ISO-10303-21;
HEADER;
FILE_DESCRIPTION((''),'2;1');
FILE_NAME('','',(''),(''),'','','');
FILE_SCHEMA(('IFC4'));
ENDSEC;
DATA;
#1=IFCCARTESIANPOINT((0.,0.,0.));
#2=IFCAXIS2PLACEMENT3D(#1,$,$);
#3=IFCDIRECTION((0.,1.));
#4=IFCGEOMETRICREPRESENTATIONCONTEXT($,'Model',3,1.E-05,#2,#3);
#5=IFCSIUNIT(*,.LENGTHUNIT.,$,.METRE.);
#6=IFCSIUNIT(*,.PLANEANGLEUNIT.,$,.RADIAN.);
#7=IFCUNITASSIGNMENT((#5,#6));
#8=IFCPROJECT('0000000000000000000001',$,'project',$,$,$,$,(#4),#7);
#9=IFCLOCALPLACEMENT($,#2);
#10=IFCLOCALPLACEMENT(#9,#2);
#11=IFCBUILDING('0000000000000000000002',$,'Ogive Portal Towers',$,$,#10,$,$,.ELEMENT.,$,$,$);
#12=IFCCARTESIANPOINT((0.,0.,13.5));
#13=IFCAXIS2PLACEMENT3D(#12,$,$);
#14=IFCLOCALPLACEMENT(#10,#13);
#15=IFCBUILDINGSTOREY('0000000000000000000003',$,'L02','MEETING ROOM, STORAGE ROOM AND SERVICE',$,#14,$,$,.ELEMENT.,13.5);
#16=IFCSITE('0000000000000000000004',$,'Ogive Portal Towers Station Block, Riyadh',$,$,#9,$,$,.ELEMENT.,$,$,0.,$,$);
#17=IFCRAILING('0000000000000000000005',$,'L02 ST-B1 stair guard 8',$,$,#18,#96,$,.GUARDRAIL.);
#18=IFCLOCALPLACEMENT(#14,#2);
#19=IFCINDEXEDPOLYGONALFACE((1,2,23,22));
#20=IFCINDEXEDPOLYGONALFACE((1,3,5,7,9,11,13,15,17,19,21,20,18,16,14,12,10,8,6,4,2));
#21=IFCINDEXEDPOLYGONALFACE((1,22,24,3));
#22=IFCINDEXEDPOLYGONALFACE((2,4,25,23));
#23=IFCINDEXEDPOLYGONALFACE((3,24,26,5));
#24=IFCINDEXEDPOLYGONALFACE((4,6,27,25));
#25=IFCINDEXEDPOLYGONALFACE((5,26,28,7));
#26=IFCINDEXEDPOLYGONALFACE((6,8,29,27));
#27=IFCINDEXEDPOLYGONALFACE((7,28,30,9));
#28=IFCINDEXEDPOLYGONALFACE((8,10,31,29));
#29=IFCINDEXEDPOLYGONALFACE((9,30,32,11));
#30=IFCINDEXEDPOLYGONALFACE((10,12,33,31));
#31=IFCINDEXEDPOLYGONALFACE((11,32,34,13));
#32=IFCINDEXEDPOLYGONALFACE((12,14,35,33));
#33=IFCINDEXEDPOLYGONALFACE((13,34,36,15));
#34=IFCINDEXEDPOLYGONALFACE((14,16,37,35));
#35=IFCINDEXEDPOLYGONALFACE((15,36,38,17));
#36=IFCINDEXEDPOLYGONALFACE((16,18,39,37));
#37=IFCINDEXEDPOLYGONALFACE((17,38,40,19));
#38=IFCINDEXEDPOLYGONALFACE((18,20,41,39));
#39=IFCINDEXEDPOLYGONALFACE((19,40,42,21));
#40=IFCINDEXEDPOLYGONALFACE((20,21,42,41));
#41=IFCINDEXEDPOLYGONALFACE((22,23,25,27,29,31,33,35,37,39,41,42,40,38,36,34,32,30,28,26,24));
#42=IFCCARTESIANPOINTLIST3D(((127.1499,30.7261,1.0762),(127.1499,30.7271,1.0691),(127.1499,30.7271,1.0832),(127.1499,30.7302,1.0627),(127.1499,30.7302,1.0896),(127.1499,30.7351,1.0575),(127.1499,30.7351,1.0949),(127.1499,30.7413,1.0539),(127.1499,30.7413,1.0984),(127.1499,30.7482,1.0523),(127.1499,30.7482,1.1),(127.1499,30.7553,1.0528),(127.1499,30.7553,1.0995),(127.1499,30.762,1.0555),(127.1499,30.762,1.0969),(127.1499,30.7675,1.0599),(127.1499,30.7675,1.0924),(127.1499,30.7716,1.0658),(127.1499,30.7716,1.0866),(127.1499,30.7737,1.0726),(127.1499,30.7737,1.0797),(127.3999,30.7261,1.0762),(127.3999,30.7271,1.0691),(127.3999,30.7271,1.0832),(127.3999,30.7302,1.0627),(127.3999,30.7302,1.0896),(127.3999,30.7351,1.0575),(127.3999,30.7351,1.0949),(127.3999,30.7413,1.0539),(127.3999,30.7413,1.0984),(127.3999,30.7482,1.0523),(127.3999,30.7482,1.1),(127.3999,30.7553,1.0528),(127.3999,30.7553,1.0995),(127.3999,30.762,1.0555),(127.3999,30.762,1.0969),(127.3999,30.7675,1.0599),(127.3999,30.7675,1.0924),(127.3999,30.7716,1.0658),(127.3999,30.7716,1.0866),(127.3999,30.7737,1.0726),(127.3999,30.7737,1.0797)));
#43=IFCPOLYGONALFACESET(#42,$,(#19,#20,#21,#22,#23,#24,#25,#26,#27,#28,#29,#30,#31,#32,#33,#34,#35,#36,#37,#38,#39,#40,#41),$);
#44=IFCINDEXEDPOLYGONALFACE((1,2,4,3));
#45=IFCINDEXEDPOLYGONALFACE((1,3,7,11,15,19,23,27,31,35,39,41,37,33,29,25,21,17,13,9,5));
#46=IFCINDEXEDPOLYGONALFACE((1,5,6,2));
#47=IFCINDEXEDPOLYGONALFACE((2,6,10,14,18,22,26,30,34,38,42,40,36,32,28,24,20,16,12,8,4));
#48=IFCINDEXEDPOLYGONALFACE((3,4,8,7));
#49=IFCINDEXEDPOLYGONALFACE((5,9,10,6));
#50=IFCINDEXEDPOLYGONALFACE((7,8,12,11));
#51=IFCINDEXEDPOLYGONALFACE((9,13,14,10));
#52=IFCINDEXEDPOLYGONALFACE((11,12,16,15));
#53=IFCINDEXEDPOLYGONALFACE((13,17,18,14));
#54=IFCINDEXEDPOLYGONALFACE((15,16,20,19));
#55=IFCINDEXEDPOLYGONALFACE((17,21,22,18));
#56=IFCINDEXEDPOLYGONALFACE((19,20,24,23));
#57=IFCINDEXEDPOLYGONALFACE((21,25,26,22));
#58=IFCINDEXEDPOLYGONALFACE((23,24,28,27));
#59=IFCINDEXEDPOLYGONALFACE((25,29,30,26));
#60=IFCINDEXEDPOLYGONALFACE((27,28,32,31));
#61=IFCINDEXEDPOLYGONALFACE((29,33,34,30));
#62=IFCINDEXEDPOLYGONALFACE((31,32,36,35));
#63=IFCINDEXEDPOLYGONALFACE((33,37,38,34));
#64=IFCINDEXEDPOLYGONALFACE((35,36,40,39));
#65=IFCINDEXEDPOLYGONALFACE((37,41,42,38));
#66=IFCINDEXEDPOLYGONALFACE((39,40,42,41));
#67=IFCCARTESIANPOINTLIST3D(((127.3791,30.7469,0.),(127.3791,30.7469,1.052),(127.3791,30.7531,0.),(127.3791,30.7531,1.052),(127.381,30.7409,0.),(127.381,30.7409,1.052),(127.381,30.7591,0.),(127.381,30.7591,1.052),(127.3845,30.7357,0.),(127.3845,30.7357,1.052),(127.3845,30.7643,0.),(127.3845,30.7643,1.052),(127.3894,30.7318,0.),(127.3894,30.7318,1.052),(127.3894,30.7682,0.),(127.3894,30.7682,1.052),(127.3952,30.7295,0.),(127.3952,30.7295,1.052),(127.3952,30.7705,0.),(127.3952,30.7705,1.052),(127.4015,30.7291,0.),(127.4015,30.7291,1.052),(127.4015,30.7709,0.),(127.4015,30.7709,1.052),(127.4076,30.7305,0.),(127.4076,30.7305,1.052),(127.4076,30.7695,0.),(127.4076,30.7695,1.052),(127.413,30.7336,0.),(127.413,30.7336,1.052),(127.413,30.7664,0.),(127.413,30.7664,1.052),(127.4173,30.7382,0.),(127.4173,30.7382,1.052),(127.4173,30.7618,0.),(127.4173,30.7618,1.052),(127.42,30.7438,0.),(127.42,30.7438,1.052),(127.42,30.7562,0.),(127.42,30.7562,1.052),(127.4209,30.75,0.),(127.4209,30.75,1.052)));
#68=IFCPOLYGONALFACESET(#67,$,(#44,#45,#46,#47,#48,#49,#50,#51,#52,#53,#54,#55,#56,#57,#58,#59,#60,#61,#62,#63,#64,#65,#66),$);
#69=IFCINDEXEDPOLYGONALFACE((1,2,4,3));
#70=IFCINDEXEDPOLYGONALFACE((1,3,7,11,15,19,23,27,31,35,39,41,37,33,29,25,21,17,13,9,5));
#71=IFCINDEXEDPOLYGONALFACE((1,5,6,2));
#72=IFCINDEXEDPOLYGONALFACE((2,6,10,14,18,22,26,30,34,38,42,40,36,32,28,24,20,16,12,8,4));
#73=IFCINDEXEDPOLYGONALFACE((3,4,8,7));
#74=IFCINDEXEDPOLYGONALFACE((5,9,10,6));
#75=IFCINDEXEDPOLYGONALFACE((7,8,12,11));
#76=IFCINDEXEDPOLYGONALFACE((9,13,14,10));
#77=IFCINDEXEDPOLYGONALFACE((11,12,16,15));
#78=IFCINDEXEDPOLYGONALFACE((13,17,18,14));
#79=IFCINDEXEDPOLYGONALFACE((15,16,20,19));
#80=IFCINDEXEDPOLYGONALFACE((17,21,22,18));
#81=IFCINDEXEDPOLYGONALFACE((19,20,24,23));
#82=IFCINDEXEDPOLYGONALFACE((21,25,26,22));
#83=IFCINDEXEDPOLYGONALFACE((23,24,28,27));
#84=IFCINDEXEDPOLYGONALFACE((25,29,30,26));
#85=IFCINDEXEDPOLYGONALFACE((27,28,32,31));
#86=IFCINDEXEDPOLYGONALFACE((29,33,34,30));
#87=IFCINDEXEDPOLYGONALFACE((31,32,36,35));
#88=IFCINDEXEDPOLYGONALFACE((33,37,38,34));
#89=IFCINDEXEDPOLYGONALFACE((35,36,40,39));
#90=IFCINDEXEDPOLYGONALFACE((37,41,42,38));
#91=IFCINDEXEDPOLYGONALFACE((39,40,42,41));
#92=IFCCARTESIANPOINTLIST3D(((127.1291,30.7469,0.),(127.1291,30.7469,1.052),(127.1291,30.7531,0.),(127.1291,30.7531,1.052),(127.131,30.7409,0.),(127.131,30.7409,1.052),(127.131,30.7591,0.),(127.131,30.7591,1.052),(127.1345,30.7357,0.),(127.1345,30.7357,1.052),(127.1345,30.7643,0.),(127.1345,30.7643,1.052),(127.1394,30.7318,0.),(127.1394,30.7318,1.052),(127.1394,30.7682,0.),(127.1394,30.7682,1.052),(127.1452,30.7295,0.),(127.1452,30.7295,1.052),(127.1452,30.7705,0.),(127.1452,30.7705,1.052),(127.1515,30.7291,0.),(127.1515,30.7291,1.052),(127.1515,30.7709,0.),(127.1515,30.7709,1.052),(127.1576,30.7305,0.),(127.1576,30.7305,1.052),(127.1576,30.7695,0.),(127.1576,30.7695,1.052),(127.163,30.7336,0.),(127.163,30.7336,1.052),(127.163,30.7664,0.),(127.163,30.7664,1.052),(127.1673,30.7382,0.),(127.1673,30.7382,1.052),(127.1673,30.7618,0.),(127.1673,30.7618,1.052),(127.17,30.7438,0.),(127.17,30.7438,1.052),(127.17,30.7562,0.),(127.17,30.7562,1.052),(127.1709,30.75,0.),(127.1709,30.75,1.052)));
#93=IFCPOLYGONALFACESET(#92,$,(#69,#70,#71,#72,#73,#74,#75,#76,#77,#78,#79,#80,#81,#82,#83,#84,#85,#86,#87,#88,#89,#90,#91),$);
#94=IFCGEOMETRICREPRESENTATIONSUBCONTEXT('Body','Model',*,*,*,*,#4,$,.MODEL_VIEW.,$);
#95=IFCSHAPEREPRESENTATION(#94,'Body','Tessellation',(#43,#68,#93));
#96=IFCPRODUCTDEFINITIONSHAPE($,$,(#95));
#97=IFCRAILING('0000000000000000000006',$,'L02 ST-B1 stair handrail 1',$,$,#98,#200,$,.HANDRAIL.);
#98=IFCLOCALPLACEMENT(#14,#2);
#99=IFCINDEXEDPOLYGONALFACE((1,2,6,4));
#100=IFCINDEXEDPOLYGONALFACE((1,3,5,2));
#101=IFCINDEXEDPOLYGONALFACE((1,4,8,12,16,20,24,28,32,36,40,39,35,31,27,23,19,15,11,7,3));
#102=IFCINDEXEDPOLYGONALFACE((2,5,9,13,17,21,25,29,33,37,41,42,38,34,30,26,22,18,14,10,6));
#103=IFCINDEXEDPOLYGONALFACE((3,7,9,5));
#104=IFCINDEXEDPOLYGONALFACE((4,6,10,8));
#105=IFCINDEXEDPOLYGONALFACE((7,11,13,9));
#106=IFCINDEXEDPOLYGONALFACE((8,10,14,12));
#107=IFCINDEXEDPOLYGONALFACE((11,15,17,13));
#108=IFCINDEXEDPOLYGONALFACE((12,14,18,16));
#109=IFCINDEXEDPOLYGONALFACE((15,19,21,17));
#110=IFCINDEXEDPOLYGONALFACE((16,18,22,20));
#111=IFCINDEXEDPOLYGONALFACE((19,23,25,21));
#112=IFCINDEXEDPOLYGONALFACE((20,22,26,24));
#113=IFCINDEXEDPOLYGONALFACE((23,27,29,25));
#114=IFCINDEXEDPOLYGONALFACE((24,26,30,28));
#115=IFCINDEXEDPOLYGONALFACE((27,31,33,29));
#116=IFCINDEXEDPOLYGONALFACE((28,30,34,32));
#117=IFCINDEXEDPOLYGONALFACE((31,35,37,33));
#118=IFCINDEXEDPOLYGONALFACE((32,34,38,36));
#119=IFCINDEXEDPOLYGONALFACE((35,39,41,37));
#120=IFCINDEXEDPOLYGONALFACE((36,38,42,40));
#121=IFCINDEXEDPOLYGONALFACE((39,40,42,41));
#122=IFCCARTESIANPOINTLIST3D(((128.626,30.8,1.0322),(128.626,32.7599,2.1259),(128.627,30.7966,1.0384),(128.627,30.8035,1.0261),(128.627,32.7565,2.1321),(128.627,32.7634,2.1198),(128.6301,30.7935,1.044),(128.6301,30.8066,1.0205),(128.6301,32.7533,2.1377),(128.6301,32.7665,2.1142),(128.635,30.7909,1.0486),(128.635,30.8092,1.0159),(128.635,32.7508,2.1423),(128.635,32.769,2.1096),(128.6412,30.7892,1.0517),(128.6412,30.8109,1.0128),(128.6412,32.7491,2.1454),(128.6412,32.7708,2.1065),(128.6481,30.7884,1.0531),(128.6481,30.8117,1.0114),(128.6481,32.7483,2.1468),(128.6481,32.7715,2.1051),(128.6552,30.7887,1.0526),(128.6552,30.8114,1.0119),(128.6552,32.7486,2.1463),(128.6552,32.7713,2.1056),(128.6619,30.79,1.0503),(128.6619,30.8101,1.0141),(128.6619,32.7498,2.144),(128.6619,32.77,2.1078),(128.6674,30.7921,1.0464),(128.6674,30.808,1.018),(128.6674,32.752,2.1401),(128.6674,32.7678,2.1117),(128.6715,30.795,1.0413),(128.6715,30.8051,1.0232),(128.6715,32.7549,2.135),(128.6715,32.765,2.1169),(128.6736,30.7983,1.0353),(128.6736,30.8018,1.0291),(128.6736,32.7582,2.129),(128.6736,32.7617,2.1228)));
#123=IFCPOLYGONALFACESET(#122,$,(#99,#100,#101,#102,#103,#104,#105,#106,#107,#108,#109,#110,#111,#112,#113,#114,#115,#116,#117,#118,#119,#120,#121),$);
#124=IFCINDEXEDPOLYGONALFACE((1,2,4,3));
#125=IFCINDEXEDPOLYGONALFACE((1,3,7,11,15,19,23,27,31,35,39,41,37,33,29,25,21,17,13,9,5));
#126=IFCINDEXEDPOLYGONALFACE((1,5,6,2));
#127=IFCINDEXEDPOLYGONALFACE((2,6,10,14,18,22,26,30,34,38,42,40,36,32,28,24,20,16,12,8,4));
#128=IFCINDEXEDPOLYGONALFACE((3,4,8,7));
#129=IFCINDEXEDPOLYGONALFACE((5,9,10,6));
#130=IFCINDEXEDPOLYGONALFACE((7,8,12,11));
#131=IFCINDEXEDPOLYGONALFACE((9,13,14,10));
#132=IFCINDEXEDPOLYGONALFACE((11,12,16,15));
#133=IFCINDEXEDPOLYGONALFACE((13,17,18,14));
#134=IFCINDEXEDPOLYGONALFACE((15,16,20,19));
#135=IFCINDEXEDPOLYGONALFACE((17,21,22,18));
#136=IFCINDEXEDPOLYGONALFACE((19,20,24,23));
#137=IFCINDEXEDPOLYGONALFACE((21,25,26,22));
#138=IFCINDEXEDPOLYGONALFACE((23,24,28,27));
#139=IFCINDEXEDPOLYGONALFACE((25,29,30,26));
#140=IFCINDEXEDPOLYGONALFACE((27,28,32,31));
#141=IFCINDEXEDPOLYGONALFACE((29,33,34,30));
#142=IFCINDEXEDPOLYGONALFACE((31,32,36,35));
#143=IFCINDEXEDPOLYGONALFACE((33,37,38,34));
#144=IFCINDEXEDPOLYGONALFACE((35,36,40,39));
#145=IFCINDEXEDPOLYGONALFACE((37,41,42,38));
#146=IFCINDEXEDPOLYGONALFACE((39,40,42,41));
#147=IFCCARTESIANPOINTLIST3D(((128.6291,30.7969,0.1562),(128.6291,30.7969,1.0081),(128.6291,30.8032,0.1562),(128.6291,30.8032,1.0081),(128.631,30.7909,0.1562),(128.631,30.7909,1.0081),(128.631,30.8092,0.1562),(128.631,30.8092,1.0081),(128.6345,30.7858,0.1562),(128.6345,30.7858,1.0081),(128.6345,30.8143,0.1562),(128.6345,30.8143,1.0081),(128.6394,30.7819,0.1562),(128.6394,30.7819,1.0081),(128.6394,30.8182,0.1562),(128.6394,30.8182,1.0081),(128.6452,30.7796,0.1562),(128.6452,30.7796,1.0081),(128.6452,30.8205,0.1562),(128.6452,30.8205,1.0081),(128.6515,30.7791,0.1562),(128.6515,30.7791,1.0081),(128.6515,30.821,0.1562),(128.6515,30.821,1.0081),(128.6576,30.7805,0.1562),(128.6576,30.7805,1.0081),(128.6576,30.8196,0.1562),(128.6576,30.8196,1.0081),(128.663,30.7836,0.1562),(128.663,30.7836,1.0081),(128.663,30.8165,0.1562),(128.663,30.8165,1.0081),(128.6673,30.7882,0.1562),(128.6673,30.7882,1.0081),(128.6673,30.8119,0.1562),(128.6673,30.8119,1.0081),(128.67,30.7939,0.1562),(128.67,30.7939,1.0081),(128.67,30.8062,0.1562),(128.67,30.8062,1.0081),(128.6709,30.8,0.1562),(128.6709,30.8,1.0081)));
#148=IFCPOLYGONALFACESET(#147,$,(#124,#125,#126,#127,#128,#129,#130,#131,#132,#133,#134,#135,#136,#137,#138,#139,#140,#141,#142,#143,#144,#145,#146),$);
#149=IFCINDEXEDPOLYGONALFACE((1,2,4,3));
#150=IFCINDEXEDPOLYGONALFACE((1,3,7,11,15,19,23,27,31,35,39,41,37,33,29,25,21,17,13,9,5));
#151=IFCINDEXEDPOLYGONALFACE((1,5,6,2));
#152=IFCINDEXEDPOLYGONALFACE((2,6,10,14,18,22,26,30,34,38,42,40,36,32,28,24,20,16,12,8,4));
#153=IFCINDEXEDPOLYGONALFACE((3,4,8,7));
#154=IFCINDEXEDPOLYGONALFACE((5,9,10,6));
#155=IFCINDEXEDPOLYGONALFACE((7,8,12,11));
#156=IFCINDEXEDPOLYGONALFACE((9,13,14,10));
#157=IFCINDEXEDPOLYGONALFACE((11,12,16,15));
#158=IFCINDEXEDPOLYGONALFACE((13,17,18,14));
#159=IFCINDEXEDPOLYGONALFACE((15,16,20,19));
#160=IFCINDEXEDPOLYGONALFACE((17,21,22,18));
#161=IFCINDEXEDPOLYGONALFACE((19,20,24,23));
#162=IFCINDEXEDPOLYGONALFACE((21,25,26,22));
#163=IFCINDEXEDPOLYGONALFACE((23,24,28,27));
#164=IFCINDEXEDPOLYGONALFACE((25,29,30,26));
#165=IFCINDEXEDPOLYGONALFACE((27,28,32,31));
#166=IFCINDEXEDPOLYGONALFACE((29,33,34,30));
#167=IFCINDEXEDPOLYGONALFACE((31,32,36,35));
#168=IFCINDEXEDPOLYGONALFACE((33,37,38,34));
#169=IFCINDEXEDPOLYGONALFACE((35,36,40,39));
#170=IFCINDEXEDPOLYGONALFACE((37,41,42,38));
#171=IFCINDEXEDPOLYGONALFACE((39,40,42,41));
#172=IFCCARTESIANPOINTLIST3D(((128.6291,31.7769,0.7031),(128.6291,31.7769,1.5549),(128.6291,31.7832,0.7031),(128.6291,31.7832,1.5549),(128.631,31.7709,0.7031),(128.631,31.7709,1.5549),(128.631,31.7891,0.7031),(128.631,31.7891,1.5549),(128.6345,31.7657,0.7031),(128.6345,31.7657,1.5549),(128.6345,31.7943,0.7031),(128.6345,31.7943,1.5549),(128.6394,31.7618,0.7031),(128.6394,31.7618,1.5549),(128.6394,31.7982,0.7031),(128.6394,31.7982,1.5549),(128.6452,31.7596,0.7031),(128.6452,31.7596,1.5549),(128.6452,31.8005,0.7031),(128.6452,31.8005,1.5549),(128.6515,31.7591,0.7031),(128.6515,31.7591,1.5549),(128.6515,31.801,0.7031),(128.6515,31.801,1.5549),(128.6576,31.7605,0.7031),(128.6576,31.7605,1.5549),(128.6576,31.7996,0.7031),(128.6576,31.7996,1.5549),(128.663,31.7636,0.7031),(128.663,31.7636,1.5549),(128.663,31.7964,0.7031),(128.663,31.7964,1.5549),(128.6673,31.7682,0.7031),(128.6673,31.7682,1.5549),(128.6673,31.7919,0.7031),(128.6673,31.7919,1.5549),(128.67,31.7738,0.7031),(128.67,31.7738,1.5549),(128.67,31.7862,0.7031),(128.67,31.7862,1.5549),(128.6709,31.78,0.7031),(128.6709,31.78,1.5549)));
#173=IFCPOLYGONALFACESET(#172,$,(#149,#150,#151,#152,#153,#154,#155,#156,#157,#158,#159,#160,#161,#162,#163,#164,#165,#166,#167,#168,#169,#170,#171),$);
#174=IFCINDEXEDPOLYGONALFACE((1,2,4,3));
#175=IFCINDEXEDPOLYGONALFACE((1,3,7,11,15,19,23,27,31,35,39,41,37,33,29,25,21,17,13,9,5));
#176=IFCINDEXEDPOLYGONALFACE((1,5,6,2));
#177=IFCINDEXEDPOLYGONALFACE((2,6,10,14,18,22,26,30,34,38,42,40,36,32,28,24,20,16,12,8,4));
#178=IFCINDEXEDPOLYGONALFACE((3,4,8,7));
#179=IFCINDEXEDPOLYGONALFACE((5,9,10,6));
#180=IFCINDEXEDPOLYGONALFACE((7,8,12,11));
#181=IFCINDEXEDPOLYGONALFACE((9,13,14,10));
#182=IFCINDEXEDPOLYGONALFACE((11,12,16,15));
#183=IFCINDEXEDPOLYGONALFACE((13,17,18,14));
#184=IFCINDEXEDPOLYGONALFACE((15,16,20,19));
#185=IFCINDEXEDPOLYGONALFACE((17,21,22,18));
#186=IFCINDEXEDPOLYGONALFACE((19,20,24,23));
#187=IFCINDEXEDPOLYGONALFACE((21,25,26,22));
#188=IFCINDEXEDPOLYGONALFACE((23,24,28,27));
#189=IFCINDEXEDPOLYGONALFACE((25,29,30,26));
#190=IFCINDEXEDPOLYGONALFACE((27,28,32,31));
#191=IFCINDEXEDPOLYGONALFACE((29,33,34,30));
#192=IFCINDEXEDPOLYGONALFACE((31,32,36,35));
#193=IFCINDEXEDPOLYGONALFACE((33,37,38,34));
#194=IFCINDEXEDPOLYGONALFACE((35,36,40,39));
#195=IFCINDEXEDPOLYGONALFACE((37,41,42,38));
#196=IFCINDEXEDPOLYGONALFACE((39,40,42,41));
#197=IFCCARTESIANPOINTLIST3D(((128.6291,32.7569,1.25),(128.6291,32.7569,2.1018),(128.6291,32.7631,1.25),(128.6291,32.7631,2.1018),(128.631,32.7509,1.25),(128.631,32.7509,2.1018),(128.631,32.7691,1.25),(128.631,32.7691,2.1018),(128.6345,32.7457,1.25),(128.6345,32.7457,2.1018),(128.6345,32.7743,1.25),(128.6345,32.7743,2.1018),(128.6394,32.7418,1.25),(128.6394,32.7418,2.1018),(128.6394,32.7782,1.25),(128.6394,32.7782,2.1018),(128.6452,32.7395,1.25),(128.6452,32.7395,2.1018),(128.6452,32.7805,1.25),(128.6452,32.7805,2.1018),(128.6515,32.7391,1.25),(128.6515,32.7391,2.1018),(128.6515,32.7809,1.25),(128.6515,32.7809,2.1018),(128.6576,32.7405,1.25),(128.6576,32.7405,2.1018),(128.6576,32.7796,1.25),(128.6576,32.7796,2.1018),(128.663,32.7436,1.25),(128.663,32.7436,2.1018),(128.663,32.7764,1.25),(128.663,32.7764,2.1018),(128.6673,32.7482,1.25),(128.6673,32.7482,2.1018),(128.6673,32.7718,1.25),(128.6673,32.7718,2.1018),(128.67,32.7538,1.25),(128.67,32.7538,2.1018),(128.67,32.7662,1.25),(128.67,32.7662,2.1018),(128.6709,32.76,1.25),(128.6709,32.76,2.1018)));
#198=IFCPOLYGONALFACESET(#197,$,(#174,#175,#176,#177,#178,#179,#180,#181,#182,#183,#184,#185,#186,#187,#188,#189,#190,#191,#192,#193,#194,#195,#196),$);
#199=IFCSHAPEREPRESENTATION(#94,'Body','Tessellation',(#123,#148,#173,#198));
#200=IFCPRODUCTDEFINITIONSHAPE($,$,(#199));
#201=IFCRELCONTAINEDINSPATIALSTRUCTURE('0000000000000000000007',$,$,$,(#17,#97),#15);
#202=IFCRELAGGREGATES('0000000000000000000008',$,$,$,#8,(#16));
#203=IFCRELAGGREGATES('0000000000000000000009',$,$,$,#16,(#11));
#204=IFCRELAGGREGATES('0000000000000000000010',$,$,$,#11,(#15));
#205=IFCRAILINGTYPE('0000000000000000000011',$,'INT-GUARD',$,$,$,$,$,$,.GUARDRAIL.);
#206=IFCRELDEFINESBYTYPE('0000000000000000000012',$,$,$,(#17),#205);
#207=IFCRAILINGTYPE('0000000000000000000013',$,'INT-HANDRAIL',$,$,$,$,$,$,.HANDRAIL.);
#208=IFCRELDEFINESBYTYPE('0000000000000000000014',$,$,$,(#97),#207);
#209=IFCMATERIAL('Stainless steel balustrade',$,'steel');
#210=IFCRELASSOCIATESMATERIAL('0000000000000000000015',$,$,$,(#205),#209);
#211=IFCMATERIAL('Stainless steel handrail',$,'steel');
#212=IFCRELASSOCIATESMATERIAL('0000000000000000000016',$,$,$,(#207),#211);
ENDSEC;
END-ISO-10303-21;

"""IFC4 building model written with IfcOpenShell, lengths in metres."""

from ifc_helpers import new_model, si_unit, direction, frame, origin, origin_2d, place, context, subcontext, project, spatial, circle, extrude, material, type_object, element, save


model = new_model("IFC4")

# Units and contexts
model_context = context("Model", 3, precision=1e-05, world=origin(), true_north=direction((0.0, 1.0)))
body_context = subcontext(model_context, "Body", "Model", "MODEL_VIEW")
ifc_project = project(units=[si_unit("LENGTHUNIT", "METRE"), si_unit("PLANEANGLEUNIT", "RADIAN")], contexts=[model_context])

# Site, building, storey
site_placement = place(None, origin())
site = spatial("IfcSite", under=ifc_project, at=site_placement, Name="Ogive Portal Towers Station Block, Riyadh", CompositionType="ELEMENT", RefElevation=0.0)
building_placement = place(site_placement, origin())
building = spatial("IfcBuilding", under=site, at=building_placement, Name="Ogive Portal Towers", CompositionType="ELEMENT")
storey_placement = place(building_placement, frame((0.0, 0.0, 13.5)))
storey = spatial("IfcBuildingStorey", under=building, at=storey_placement, Name="L02", Description="MEETING ROOM, STORAGE ROOM AND SERVICE", CompositionType="ELEMENT", Elevation=13.5)

# Railings
ifc_material_1 = material(Name="Stainless steel balustrade", Category="steel")
railing_type_1 = type_object("IfcRailingType", Name="INT-GUARD", PredefinedType="GUARDRAIL", material=ifc_material_1)
railing_1_placement = place(storey_placement, frame((127.3999, 30.75, 0.0)))
element("IfcRailing", 1, at=railing_1_placement, inside=storey, type_object=railing_type_1, Name="L02 ST-B1 stair guard 8", PredefinedType="GUARDRAIL", context=body_context, shape_type="SweptSolid", body=[
    extrude(circle(Radius=0.0239, at=origin_2d()), frame((0.0, 0.0, 1.0762), z_axis=(-1.0, 0.0, 0.0), x_axis=(0.0, -1.0, 0.0)), (0.0, 0.0, 1.0), 0.25),
    extrude(circle(Radius=0.021, at=origin_2d()), origin(), (0.0, 0.0, 1.0), 1.052),
    extrude(circle(Radius=0.021, at=origin_2d()), frame((-0.25, 0.0, 0.0)), (0.0, 0.0, 1.0), 1.052),
])
ifc_material_2 = material(Name="Stainless steel handrail", Category="steel")
railing_type_2 = type_object("IfcRailingType", Name="INT-HANDRAIL", PredefinedType="HANDRAIL", material=ifc_material_2)
railing_2_placement = place(storey_placement, frame((128.6499, 30.8, 0.1562)))
element("IfcRailing", 2, at=railing_2_placement, inside=storey, type_object=railing_type_2, Name="L02 ST-B1 stair handrail 1", PredefinedType="HANDRAIL", context=body_context, shape_type="SweptSolid", body=[
    extrude(circle(Radius=0.0239, at=origin_2d()), frame((0.0, 0.0, 0.876), z_axis=(0.0, 0.873232, 0.487304), x_axis=(-1.0, 0.0, 0.0)), (0.0, 0.0, 1.0), 2.2444),
    extrude(circle(Radius=0.021, at=origin_2d()), origin(), (0.0, 0.0, 1.0), 0.8518),
    extrude(circle(Radius=0.021, at=origin_2d()), frame((0.0, 0.98, 0.5469)), (0.0, 0.0, 1.0), 0.8518),
    extrude(circle(Radius=0.021, at=origin_2d()), frame((0.0, 1.96, 1.0938)), (0.0, 0.0, 1.0), 0.8518),
])

save(model, "model.ifc")
